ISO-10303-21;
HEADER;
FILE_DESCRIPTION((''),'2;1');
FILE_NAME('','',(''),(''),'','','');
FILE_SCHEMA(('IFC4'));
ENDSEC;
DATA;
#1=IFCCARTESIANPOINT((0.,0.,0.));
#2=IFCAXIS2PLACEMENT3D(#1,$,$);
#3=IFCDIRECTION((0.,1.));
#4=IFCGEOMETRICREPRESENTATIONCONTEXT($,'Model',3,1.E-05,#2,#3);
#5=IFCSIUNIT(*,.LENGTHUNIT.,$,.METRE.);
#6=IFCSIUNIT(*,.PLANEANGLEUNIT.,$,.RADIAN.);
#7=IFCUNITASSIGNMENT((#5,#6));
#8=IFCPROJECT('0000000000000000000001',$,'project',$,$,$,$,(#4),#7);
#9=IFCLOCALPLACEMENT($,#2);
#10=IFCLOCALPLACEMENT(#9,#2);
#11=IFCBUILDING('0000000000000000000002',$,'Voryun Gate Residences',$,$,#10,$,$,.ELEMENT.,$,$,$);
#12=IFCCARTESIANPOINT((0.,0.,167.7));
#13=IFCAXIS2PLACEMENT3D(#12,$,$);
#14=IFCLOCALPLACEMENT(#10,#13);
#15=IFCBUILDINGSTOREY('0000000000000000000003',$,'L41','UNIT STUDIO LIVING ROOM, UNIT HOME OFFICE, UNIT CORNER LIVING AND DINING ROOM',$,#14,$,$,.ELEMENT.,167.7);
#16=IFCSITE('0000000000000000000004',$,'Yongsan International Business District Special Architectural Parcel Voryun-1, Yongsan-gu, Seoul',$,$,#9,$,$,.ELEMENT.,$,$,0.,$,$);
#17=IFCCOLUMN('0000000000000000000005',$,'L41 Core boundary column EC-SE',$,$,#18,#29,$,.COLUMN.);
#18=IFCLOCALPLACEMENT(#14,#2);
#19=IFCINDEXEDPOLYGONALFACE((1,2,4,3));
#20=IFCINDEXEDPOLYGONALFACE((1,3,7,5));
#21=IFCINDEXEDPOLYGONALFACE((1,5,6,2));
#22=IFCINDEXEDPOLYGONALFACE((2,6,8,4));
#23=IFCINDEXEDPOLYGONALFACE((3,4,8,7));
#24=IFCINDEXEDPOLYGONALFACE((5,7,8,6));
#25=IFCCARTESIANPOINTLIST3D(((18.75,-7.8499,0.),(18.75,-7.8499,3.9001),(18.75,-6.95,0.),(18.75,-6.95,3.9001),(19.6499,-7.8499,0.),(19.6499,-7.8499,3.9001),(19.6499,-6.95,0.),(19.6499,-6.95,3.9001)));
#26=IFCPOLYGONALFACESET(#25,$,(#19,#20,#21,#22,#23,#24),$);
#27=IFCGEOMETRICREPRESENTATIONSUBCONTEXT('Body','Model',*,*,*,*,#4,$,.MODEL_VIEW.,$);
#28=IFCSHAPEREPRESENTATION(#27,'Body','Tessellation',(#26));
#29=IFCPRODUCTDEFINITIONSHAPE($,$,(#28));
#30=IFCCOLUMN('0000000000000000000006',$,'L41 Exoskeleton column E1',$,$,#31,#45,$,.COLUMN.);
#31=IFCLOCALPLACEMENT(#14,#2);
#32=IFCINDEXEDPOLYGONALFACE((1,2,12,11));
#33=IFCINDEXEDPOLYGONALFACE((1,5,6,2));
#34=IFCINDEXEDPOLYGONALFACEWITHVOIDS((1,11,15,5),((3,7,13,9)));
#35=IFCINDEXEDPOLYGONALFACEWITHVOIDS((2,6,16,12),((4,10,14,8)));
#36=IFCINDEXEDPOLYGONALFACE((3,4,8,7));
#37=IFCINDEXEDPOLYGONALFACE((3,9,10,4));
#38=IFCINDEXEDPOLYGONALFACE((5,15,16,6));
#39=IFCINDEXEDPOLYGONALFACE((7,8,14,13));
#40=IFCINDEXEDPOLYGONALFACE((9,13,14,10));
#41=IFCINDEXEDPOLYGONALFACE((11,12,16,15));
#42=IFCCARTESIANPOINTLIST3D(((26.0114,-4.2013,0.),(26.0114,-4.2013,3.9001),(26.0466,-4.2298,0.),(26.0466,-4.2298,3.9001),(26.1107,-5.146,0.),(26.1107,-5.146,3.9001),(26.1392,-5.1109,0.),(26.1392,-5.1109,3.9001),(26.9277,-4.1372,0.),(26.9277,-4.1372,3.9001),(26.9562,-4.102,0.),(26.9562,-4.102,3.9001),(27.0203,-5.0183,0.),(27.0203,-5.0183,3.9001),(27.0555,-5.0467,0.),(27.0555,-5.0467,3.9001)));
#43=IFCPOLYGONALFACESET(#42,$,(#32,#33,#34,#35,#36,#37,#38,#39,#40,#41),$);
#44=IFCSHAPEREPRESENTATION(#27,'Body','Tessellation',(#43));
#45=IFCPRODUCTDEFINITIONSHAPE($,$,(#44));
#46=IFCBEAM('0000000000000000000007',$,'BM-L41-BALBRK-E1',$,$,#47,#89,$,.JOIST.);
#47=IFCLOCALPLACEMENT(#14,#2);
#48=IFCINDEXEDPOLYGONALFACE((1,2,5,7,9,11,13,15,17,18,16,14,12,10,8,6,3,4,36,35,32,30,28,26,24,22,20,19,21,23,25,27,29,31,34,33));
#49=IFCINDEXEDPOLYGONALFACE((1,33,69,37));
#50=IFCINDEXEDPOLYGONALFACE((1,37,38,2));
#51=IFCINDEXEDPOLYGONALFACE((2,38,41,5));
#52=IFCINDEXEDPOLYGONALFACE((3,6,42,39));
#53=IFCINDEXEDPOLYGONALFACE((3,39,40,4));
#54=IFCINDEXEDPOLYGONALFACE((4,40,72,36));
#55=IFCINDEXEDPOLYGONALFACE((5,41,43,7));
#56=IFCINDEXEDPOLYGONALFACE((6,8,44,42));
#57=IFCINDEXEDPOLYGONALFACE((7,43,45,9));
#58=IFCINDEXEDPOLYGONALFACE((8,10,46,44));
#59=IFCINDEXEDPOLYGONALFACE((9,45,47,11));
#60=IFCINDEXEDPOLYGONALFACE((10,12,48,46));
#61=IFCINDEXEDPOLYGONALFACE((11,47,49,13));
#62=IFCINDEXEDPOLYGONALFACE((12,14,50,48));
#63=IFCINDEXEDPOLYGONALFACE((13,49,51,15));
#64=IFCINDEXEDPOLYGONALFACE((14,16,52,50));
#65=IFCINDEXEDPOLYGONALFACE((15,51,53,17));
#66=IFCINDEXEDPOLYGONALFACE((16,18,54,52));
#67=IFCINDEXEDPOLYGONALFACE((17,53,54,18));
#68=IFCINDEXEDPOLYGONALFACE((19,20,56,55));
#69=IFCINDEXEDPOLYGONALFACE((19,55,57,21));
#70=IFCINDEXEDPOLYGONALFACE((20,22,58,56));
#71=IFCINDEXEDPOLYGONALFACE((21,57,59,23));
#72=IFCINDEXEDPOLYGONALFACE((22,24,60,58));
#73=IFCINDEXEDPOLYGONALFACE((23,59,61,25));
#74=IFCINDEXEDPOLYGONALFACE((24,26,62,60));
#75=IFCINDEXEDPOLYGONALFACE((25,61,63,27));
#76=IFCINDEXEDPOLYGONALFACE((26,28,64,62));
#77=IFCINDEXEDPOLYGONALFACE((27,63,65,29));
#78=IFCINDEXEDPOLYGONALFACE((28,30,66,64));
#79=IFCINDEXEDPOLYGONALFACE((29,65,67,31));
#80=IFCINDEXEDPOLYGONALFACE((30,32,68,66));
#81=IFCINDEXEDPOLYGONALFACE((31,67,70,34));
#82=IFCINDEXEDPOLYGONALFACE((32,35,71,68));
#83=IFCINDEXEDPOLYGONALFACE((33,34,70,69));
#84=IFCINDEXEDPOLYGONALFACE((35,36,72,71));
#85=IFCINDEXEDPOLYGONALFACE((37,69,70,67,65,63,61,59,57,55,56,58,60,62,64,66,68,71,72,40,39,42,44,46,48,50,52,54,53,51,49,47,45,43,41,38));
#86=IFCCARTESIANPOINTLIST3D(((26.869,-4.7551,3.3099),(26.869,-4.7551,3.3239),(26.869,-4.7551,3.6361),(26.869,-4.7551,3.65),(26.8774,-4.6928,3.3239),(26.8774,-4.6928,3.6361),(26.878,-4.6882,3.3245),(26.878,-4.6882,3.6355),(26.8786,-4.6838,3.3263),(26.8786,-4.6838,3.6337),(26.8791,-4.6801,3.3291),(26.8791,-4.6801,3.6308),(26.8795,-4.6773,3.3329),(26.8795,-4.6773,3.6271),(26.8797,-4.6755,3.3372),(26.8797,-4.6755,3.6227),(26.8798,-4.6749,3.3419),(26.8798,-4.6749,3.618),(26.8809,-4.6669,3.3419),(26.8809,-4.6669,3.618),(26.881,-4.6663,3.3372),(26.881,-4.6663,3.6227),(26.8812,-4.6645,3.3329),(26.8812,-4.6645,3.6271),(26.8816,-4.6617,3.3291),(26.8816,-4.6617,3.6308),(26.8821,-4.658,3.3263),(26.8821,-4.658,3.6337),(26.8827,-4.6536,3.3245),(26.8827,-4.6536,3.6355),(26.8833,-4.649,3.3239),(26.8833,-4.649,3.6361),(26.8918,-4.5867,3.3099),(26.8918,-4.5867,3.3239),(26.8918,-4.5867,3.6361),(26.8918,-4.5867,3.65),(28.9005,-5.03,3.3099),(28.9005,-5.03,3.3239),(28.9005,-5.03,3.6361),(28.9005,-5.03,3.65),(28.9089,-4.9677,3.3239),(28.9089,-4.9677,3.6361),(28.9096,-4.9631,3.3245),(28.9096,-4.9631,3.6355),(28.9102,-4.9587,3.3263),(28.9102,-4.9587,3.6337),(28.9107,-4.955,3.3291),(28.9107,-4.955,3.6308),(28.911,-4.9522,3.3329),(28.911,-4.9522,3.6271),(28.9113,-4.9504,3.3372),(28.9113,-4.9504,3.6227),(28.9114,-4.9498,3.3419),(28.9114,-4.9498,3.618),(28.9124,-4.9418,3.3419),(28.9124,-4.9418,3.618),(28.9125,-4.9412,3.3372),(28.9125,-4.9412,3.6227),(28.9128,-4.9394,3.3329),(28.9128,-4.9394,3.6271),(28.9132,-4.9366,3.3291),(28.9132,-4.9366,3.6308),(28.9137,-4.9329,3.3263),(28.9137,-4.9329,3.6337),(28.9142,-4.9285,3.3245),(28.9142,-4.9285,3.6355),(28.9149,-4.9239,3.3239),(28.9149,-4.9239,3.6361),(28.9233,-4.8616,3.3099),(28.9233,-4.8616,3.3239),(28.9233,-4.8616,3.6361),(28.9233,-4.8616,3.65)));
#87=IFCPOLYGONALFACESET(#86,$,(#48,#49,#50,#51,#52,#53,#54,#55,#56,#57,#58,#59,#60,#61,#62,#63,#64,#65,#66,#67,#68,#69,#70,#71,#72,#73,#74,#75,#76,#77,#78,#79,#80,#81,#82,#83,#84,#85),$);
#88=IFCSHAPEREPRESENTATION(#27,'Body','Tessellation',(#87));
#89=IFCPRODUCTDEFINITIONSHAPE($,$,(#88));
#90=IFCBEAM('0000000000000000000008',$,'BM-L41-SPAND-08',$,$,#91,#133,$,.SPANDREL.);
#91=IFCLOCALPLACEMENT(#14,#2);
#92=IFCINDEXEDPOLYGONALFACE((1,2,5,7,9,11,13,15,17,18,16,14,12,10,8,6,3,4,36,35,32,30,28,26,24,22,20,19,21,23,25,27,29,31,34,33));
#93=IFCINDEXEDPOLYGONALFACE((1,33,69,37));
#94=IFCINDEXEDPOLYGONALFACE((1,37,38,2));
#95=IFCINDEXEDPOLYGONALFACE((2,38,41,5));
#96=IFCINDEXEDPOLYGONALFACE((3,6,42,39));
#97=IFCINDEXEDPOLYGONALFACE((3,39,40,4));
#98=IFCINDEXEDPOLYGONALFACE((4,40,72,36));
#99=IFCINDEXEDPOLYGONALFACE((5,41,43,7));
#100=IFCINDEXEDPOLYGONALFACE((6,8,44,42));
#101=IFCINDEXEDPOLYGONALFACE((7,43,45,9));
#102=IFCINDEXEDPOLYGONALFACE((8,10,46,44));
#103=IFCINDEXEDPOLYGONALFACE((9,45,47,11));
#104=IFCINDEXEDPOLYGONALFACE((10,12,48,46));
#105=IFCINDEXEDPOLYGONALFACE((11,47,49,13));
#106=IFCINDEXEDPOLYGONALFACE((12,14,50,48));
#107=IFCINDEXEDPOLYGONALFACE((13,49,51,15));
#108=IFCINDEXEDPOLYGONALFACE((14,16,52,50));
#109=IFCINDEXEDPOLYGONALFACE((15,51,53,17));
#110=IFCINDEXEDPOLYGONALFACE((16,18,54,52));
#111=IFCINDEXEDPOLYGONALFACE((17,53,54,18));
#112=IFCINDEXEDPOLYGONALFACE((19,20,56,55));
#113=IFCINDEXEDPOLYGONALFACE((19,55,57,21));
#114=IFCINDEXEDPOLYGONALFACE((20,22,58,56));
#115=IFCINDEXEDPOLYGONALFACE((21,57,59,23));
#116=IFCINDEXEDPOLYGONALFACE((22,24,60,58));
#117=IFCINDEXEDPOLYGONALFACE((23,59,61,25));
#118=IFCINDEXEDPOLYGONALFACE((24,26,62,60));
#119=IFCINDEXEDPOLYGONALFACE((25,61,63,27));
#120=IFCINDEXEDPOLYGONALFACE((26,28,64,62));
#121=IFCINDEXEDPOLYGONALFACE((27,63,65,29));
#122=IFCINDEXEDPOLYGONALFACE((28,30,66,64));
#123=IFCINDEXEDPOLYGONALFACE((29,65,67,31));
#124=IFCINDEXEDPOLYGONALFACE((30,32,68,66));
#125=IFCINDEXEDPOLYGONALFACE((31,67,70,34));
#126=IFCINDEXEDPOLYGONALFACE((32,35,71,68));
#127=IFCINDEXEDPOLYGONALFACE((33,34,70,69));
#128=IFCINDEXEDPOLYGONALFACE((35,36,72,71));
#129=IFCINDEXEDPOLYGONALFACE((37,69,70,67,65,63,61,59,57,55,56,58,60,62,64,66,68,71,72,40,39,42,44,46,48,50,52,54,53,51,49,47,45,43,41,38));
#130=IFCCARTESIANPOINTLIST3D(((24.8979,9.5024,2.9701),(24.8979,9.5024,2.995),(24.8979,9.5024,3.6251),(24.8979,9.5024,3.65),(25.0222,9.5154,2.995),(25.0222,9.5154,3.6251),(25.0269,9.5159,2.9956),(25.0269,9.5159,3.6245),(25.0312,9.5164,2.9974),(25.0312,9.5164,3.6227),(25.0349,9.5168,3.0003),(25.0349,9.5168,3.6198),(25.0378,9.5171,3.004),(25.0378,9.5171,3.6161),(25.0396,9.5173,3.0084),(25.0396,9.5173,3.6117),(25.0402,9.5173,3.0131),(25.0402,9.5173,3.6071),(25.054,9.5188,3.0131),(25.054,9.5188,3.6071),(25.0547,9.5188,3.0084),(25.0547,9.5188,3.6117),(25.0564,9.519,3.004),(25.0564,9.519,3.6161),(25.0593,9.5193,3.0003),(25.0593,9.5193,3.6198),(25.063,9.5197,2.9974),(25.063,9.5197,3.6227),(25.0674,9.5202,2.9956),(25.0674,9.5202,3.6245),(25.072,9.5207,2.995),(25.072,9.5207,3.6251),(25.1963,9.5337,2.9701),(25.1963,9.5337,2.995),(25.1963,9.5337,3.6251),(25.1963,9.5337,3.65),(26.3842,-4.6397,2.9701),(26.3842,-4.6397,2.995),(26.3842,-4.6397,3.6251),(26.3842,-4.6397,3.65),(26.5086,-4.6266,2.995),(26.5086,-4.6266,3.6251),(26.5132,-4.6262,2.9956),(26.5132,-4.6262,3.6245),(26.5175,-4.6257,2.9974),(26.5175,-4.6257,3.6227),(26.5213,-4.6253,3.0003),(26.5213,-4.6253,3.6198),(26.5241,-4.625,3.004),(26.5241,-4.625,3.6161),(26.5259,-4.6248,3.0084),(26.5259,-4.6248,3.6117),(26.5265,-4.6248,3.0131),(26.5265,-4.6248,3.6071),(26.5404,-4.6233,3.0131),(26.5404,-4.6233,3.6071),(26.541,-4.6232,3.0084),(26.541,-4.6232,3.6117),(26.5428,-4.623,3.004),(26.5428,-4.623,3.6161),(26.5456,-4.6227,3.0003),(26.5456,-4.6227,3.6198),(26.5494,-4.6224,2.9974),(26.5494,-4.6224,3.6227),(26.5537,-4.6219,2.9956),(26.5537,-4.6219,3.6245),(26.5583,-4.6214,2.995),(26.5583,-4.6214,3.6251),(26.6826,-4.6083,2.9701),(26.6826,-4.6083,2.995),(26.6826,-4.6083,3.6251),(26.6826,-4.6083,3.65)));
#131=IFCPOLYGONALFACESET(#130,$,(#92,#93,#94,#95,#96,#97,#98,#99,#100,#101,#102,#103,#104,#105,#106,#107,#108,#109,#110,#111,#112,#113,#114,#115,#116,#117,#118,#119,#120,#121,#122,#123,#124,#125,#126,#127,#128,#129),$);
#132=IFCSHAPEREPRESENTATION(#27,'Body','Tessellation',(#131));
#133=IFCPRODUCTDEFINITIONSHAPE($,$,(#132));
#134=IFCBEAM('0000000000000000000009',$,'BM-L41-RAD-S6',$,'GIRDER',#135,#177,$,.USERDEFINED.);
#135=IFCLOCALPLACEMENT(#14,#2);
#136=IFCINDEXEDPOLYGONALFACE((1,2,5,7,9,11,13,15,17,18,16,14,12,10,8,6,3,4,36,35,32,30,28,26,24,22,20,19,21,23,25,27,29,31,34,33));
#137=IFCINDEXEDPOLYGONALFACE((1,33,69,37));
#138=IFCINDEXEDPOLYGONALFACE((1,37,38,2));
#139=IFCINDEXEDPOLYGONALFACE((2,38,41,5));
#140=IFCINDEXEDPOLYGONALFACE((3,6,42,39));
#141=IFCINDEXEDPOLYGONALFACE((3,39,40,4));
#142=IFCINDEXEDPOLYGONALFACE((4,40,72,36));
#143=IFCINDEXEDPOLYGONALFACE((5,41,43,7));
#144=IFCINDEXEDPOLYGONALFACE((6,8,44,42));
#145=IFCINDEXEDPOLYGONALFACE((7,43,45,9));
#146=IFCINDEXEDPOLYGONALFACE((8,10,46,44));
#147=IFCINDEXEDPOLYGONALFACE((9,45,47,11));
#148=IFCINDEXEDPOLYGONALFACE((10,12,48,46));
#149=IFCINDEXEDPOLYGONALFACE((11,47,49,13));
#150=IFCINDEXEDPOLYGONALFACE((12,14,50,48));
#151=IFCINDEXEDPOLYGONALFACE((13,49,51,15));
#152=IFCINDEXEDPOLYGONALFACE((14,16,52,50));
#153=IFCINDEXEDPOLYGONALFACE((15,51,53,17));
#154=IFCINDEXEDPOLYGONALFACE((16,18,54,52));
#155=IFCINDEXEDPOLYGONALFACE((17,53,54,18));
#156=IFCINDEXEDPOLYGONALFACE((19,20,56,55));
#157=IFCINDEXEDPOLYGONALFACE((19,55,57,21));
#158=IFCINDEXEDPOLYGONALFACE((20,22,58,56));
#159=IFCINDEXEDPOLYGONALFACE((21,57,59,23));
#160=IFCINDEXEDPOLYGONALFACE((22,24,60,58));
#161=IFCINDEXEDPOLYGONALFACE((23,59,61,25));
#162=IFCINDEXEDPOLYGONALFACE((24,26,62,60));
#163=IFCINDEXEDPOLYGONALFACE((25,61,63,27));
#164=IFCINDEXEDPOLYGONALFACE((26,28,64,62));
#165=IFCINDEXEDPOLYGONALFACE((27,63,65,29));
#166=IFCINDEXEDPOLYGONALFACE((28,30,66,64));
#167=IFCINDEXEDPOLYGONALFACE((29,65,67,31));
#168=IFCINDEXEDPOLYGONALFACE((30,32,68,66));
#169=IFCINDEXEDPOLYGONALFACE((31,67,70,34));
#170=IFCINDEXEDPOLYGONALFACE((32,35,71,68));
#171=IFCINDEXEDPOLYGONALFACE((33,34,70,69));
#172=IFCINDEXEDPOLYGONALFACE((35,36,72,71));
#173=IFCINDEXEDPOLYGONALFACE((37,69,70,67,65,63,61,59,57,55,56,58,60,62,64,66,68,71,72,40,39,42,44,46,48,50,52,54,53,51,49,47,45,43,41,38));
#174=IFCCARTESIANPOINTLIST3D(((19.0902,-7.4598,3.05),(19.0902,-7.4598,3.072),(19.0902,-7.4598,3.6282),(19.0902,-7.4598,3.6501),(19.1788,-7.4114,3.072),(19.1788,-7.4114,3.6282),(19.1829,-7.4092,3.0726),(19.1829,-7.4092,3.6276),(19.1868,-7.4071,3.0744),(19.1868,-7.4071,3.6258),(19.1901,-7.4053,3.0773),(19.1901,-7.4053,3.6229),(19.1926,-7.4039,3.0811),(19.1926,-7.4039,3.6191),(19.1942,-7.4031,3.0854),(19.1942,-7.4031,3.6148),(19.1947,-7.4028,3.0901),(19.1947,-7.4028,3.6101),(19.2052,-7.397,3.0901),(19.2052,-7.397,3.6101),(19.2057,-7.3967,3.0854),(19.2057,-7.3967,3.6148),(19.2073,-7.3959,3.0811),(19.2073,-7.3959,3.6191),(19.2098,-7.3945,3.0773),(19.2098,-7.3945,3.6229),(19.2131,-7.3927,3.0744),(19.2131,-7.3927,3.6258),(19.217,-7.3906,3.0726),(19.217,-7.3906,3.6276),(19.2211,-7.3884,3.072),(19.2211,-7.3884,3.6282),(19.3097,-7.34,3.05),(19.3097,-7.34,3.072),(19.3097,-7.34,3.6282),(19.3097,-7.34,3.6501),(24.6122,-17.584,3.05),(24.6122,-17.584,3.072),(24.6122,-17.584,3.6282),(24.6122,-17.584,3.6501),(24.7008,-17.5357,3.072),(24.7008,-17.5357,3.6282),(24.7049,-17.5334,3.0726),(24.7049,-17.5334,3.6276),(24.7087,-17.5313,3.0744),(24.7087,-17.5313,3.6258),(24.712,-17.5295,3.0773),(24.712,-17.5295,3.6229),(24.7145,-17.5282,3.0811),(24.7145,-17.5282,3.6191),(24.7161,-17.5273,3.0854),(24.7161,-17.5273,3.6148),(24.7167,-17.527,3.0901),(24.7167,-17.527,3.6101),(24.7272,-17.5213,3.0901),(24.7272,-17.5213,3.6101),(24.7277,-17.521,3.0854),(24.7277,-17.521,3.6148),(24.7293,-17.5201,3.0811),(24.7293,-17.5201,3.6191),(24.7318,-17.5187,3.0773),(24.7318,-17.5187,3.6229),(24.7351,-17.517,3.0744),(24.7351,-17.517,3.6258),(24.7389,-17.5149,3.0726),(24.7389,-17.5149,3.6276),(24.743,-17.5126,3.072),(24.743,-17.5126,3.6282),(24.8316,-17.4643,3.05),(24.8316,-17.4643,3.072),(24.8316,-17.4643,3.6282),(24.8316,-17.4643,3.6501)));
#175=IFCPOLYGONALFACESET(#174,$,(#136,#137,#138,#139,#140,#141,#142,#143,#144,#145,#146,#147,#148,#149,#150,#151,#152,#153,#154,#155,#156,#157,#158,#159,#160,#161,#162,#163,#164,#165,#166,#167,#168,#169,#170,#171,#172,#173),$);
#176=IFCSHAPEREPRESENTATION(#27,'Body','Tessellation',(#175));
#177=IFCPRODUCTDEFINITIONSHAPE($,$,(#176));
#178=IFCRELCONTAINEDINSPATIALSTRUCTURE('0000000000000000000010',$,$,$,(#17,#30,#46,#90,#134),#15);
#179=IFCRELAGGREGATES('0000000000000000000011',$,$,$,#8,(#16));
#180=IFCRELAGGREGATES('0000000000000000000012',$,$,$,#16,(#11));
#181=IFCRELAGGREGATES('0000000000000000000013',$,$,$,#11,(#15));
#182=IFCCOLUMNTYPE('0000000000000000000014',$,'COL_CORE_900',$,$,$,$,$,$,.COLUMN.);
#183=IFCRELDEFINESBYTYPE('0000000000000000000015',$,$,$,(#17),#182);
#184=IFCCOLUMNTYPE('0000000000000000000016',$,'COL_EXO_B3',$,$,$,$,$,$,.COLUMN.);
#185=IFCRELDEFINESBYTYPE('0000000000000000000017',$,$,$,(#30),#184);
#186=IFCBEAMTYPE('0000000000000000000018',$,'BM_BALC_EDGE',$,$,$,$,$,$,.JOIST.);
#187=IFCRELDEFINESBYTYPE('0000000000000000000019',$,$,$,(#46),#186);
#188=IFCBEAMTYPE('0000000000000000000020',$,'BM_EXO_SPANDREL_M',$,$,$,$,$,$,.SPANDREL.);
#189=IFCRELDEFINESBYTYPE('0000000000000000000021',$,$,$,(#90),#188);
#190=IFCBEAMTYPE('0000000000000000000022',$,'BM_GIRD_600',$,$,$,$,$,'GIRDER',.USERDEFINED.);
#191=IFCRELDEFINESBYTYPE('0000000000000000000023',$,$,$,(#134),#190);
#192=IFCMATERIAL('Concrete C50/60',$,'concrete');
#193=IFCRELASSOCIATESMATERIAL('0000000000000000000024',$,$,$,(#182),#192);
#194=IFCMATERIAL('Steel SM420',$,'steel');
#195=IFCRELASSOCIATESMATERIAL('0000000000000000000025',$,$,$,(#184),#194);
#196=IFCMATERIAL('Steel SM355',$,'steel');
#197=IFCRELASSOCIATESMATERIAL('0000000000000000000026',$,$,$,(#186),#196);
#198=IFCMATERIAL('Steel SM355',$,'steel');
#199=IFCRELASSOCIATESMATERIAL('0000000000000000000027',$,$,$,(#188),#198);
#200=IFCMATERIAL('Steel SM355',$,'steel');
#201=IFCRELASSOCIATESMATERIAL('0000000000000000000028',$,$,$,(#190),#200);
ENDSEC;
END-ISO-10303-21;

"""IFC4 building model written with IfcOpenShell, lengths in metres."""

from ifc_helpers import new_model, si_unit, direction, frame, origin, origin_2d, place, context, subcontext, project, spatial, rectangle, hollow_rectangle, i_section, extrude, material, material_profile, profile_set, type_object, element, save


model = new_model("IFC4")

# Units and contexts
model_context = context("Model", 3, precision=1e-05, world=origin(), true_north=direction((0.0, 1.0)))
body_context = subcontext(model_context, "Body", "Model", "MODEL_VIEW")
ifc_project = project(units=[si_unit("LENGTHUNIT", "METRE"), si_unit("PLANEANGLEUNIT", "RADIAN")], contexts=[model_context])

# Site, building, storey
site_placement = place(None, origin())
site = spatial("IfcSite", under=ifc_project, at=site_placement, Name="Yongsan International Business District Special Architectural Parcel Voryun-1, Yongsan-gu, Seoul", CompositionType="ELEMENT", RefElevation=0.0)
building_placement = place(site_placement, origin())
building = spatial("IfcBuilding", under=site, at=building_placement, Name="Voryun Gate Residences", CompositionType="ELEMENT")
storey_placement = place(building_placement, frame((0.0, 0.0, 167.7)))
storey = spatial("IfcBuildingStorey", under=building, at=storey_placement, Name="L41", Description="UNIT STUDIO LIVING ROOM, UNIT HOME OFFICE, UNIT CORNER LIVING AND DINING ROOM", CompositionType="ELEMENT", Elevation=167.7)

# Columns
ifc_material_1 = material(Name="Concrete C50/60", Category="concrete")
ifc_material_profile_1 = material_profile(ifc_material_1, rectangle(XDim=0.8999, YDim=0.8999, at=origin_2d()), Name="RC-900x900")
ifc_profile_set_1 = profile_set([ifc_material_profile_1], Name="Concrete C50/60")
column_type_1 = type_object("IfcColumnType", Name="COL_CORE_900", PredefinedType="COLUMN", material=ifc_profile_set_1)
column_1_placement = place(storey_placement, frame((19.2, -7.3999, 0.0), z_axis=(0.0, 0.0, 1.0), x_axis=(1.0, 0.0, 0.0)))
element("IfcColumn", 1, at=column_1_placement, inside=storey, type_object=column_type_1, Name="L41 Core boundary column EC-SE", PredefinedType="COLUMN", context=body_context, shape_type="SweptSolid", body=[
    extrude(rectangle(XDim=0.8999, YDim=0.8999, at=origin_2d()), origin(), (0.0, 0.0, 1.0), 3.9001),
])
ifc_material_2 = material(Name="Steel SM420", Category="steel")
ifc_material_profile_2 = material_profile(ifc_material_2, hollow_rectangle(XDim=0.95, YDim=0.95, WallThickness=0.032, at=origin_2d()), Name="BOX-950x950x32")
ifc_profile_set_2 = profile_set([ifc_material_profile_2], Name="Steel SM420")
column_type_2 = type_object("IfcColumnType", Name="COL_EXO_B3", PredefinedType="COLUMN", material=ifc_profile_set_2)
column_2_placement = place(storey_placement, frame((26.5334, -4.624, 0.0), z_axis=(0.0, 0.0, 1.0), x_axis=(0.994522, 0.104528, 0.0)))
element("IfcColumn", 2, at=column_2_placement, inside=storey, type_object=column_type_2, Name="L41 Exoskeleton column E1", PredefinedType="COLUMN", context=body_context, shape_type="SweptSolid", body=[
    extrude(hollow_rectangle(XDim=0.95, YDim=0.95, WallThickness=0.032, at=origin_2d()), origin(), (0.0, 0.0, 1.0), 3.9001),
])

# Beams
ifc_material_3 = material(Name="Steel SM355", Category="steel")
ifc_material_profile_3 = material_profile(ifc_material_3, i_section(OverallWidth=0.1699, OverallDepth=0.3401, WebThickness=0.0081, FlangeThickness=0.0139, FilletRadius=0.0181, at=origin_2d()), Name="H-340x170x8x14")
ifc_profile_set_3 = profile_set([ifc_material_profile_3], Name="Steel SM355")
beam_type_1 = type_object("IfcBeamType", Name="BM_BALC_EDGE", PredefinedType="JOIST", material=ifc_profile_set_3)
beam_1_placement = place(storey_placement, frame((26.8804, -4.6709, 3.48), z_axis=(0.990968, -0.134098, 0.0), x_axis=(0.134098, 0.990968, 0.0)))
element("IfcBeam", 3, at=beam_1_placement, inside=storey, type_object=beam_type_1, Name="BM-L41-BALBRK-E1", PredefinedType="JOIST", context=body_context, shape_type="SweptSolid", body=[
    extrude(i_section(OverallWidth=0.1699, OverallDepth=0.3401, WebThickness=0.0081, FlangeThickness=0.0139, FilletRadius=0.0181, at=origin_2d()), origin(), (0.0, 0.0, 1.0), 2.05),
])
ifc_material_4 = material(Name="Steel SM355", Category="steel")
ifc_material_profile_4 = material_profile(ifc_material_4, i_section(OverallWidth=0.3, OverallDepth=0.6799, WebThickness=0.0139, FlangeThickness=0.0249, FilletRadius=0.0181, at=origin_2d()), Name="H-680x300x14x25")
ifc_profile_set_4 = profile_set([ifc_material_profile_4], Name="Steel SM355")
beam_type_2 = type_object("IfcBeamType", Name="BM_EXO_SPANDREL_M", PredefinedType="SPANDREL", material=ifc_profile_set_4)
beam_2_placement = place(storey_placement, frame((26.5334, -4.624, 3.3101), z_axis=(-0.104524, 0.994522, 0.0), x_axis=(-0.994522, -0.104524, 0.0)))
element("IfcBeam", 4, at=beam_2_placement, inside=storey, type_object=beam_type_2, Name="BM-L41-SPAND-08", PredefinedType="SPANDREL", context=body_context, shape_type="SweptSolid", body=[
    extrude(i_section(OverallWidth=0.3, OverallDepth=0.6799, WebThickness=0.0139, FlangeThickness=0.0249, FilletRadius=0.0181, at=origin_2d()), origin(), (0.0, 0.0, 1.0), 14.22),
])
ifc_material_5 = material(Name="Steel SM355", Category="steel")
ifc_material_profile_5 = material_profile(ifc_material_5, i_section(OverallWidth=0.25, OverallDepth=0.6001, WebThickness=0.012, FlangeThickness=0.022, FilletRadius=0.0181, at=origin_2d()), Name="H-600x250x12x22")
ifc_profile_set_5 = profile_set([ifc_material_profile_5], Name="Steel SM355")
beam_type_3 = type_object("IfcBeamType", Name="BM_GIRD_600", ElementType="GIRDER", PredefinedType="USERDEFINED", material=ifc_profile_set_5)
beam_3_placement = place(storey_placement, frame((19.2, -7.3999, 3.3501), z_axis=(0.478828, -0.877909, 0.0), x_axis=(0.877909, 0.478828, 0.0)))
element("IfcBeam", 5, at=beam_3_placement, inside=storey, type_object=beam_type_3, Name="BM-L41-RAD-S6", ObjectType="GIRDER", PredefinedType="USERDEFINED", context=body_context, shape_type="SweptSolid", body=[
    extrude(i_section(OverallWidth=0.25, OverallDepth=0.6001, WebThickness=0.012, FlangeThickness=0.022, FilletRadius=0.0181, at=origin_2d()), origin(), (0.0, 0.0, 1.0), 11.5322),
])

save(model, "model.ifc")
